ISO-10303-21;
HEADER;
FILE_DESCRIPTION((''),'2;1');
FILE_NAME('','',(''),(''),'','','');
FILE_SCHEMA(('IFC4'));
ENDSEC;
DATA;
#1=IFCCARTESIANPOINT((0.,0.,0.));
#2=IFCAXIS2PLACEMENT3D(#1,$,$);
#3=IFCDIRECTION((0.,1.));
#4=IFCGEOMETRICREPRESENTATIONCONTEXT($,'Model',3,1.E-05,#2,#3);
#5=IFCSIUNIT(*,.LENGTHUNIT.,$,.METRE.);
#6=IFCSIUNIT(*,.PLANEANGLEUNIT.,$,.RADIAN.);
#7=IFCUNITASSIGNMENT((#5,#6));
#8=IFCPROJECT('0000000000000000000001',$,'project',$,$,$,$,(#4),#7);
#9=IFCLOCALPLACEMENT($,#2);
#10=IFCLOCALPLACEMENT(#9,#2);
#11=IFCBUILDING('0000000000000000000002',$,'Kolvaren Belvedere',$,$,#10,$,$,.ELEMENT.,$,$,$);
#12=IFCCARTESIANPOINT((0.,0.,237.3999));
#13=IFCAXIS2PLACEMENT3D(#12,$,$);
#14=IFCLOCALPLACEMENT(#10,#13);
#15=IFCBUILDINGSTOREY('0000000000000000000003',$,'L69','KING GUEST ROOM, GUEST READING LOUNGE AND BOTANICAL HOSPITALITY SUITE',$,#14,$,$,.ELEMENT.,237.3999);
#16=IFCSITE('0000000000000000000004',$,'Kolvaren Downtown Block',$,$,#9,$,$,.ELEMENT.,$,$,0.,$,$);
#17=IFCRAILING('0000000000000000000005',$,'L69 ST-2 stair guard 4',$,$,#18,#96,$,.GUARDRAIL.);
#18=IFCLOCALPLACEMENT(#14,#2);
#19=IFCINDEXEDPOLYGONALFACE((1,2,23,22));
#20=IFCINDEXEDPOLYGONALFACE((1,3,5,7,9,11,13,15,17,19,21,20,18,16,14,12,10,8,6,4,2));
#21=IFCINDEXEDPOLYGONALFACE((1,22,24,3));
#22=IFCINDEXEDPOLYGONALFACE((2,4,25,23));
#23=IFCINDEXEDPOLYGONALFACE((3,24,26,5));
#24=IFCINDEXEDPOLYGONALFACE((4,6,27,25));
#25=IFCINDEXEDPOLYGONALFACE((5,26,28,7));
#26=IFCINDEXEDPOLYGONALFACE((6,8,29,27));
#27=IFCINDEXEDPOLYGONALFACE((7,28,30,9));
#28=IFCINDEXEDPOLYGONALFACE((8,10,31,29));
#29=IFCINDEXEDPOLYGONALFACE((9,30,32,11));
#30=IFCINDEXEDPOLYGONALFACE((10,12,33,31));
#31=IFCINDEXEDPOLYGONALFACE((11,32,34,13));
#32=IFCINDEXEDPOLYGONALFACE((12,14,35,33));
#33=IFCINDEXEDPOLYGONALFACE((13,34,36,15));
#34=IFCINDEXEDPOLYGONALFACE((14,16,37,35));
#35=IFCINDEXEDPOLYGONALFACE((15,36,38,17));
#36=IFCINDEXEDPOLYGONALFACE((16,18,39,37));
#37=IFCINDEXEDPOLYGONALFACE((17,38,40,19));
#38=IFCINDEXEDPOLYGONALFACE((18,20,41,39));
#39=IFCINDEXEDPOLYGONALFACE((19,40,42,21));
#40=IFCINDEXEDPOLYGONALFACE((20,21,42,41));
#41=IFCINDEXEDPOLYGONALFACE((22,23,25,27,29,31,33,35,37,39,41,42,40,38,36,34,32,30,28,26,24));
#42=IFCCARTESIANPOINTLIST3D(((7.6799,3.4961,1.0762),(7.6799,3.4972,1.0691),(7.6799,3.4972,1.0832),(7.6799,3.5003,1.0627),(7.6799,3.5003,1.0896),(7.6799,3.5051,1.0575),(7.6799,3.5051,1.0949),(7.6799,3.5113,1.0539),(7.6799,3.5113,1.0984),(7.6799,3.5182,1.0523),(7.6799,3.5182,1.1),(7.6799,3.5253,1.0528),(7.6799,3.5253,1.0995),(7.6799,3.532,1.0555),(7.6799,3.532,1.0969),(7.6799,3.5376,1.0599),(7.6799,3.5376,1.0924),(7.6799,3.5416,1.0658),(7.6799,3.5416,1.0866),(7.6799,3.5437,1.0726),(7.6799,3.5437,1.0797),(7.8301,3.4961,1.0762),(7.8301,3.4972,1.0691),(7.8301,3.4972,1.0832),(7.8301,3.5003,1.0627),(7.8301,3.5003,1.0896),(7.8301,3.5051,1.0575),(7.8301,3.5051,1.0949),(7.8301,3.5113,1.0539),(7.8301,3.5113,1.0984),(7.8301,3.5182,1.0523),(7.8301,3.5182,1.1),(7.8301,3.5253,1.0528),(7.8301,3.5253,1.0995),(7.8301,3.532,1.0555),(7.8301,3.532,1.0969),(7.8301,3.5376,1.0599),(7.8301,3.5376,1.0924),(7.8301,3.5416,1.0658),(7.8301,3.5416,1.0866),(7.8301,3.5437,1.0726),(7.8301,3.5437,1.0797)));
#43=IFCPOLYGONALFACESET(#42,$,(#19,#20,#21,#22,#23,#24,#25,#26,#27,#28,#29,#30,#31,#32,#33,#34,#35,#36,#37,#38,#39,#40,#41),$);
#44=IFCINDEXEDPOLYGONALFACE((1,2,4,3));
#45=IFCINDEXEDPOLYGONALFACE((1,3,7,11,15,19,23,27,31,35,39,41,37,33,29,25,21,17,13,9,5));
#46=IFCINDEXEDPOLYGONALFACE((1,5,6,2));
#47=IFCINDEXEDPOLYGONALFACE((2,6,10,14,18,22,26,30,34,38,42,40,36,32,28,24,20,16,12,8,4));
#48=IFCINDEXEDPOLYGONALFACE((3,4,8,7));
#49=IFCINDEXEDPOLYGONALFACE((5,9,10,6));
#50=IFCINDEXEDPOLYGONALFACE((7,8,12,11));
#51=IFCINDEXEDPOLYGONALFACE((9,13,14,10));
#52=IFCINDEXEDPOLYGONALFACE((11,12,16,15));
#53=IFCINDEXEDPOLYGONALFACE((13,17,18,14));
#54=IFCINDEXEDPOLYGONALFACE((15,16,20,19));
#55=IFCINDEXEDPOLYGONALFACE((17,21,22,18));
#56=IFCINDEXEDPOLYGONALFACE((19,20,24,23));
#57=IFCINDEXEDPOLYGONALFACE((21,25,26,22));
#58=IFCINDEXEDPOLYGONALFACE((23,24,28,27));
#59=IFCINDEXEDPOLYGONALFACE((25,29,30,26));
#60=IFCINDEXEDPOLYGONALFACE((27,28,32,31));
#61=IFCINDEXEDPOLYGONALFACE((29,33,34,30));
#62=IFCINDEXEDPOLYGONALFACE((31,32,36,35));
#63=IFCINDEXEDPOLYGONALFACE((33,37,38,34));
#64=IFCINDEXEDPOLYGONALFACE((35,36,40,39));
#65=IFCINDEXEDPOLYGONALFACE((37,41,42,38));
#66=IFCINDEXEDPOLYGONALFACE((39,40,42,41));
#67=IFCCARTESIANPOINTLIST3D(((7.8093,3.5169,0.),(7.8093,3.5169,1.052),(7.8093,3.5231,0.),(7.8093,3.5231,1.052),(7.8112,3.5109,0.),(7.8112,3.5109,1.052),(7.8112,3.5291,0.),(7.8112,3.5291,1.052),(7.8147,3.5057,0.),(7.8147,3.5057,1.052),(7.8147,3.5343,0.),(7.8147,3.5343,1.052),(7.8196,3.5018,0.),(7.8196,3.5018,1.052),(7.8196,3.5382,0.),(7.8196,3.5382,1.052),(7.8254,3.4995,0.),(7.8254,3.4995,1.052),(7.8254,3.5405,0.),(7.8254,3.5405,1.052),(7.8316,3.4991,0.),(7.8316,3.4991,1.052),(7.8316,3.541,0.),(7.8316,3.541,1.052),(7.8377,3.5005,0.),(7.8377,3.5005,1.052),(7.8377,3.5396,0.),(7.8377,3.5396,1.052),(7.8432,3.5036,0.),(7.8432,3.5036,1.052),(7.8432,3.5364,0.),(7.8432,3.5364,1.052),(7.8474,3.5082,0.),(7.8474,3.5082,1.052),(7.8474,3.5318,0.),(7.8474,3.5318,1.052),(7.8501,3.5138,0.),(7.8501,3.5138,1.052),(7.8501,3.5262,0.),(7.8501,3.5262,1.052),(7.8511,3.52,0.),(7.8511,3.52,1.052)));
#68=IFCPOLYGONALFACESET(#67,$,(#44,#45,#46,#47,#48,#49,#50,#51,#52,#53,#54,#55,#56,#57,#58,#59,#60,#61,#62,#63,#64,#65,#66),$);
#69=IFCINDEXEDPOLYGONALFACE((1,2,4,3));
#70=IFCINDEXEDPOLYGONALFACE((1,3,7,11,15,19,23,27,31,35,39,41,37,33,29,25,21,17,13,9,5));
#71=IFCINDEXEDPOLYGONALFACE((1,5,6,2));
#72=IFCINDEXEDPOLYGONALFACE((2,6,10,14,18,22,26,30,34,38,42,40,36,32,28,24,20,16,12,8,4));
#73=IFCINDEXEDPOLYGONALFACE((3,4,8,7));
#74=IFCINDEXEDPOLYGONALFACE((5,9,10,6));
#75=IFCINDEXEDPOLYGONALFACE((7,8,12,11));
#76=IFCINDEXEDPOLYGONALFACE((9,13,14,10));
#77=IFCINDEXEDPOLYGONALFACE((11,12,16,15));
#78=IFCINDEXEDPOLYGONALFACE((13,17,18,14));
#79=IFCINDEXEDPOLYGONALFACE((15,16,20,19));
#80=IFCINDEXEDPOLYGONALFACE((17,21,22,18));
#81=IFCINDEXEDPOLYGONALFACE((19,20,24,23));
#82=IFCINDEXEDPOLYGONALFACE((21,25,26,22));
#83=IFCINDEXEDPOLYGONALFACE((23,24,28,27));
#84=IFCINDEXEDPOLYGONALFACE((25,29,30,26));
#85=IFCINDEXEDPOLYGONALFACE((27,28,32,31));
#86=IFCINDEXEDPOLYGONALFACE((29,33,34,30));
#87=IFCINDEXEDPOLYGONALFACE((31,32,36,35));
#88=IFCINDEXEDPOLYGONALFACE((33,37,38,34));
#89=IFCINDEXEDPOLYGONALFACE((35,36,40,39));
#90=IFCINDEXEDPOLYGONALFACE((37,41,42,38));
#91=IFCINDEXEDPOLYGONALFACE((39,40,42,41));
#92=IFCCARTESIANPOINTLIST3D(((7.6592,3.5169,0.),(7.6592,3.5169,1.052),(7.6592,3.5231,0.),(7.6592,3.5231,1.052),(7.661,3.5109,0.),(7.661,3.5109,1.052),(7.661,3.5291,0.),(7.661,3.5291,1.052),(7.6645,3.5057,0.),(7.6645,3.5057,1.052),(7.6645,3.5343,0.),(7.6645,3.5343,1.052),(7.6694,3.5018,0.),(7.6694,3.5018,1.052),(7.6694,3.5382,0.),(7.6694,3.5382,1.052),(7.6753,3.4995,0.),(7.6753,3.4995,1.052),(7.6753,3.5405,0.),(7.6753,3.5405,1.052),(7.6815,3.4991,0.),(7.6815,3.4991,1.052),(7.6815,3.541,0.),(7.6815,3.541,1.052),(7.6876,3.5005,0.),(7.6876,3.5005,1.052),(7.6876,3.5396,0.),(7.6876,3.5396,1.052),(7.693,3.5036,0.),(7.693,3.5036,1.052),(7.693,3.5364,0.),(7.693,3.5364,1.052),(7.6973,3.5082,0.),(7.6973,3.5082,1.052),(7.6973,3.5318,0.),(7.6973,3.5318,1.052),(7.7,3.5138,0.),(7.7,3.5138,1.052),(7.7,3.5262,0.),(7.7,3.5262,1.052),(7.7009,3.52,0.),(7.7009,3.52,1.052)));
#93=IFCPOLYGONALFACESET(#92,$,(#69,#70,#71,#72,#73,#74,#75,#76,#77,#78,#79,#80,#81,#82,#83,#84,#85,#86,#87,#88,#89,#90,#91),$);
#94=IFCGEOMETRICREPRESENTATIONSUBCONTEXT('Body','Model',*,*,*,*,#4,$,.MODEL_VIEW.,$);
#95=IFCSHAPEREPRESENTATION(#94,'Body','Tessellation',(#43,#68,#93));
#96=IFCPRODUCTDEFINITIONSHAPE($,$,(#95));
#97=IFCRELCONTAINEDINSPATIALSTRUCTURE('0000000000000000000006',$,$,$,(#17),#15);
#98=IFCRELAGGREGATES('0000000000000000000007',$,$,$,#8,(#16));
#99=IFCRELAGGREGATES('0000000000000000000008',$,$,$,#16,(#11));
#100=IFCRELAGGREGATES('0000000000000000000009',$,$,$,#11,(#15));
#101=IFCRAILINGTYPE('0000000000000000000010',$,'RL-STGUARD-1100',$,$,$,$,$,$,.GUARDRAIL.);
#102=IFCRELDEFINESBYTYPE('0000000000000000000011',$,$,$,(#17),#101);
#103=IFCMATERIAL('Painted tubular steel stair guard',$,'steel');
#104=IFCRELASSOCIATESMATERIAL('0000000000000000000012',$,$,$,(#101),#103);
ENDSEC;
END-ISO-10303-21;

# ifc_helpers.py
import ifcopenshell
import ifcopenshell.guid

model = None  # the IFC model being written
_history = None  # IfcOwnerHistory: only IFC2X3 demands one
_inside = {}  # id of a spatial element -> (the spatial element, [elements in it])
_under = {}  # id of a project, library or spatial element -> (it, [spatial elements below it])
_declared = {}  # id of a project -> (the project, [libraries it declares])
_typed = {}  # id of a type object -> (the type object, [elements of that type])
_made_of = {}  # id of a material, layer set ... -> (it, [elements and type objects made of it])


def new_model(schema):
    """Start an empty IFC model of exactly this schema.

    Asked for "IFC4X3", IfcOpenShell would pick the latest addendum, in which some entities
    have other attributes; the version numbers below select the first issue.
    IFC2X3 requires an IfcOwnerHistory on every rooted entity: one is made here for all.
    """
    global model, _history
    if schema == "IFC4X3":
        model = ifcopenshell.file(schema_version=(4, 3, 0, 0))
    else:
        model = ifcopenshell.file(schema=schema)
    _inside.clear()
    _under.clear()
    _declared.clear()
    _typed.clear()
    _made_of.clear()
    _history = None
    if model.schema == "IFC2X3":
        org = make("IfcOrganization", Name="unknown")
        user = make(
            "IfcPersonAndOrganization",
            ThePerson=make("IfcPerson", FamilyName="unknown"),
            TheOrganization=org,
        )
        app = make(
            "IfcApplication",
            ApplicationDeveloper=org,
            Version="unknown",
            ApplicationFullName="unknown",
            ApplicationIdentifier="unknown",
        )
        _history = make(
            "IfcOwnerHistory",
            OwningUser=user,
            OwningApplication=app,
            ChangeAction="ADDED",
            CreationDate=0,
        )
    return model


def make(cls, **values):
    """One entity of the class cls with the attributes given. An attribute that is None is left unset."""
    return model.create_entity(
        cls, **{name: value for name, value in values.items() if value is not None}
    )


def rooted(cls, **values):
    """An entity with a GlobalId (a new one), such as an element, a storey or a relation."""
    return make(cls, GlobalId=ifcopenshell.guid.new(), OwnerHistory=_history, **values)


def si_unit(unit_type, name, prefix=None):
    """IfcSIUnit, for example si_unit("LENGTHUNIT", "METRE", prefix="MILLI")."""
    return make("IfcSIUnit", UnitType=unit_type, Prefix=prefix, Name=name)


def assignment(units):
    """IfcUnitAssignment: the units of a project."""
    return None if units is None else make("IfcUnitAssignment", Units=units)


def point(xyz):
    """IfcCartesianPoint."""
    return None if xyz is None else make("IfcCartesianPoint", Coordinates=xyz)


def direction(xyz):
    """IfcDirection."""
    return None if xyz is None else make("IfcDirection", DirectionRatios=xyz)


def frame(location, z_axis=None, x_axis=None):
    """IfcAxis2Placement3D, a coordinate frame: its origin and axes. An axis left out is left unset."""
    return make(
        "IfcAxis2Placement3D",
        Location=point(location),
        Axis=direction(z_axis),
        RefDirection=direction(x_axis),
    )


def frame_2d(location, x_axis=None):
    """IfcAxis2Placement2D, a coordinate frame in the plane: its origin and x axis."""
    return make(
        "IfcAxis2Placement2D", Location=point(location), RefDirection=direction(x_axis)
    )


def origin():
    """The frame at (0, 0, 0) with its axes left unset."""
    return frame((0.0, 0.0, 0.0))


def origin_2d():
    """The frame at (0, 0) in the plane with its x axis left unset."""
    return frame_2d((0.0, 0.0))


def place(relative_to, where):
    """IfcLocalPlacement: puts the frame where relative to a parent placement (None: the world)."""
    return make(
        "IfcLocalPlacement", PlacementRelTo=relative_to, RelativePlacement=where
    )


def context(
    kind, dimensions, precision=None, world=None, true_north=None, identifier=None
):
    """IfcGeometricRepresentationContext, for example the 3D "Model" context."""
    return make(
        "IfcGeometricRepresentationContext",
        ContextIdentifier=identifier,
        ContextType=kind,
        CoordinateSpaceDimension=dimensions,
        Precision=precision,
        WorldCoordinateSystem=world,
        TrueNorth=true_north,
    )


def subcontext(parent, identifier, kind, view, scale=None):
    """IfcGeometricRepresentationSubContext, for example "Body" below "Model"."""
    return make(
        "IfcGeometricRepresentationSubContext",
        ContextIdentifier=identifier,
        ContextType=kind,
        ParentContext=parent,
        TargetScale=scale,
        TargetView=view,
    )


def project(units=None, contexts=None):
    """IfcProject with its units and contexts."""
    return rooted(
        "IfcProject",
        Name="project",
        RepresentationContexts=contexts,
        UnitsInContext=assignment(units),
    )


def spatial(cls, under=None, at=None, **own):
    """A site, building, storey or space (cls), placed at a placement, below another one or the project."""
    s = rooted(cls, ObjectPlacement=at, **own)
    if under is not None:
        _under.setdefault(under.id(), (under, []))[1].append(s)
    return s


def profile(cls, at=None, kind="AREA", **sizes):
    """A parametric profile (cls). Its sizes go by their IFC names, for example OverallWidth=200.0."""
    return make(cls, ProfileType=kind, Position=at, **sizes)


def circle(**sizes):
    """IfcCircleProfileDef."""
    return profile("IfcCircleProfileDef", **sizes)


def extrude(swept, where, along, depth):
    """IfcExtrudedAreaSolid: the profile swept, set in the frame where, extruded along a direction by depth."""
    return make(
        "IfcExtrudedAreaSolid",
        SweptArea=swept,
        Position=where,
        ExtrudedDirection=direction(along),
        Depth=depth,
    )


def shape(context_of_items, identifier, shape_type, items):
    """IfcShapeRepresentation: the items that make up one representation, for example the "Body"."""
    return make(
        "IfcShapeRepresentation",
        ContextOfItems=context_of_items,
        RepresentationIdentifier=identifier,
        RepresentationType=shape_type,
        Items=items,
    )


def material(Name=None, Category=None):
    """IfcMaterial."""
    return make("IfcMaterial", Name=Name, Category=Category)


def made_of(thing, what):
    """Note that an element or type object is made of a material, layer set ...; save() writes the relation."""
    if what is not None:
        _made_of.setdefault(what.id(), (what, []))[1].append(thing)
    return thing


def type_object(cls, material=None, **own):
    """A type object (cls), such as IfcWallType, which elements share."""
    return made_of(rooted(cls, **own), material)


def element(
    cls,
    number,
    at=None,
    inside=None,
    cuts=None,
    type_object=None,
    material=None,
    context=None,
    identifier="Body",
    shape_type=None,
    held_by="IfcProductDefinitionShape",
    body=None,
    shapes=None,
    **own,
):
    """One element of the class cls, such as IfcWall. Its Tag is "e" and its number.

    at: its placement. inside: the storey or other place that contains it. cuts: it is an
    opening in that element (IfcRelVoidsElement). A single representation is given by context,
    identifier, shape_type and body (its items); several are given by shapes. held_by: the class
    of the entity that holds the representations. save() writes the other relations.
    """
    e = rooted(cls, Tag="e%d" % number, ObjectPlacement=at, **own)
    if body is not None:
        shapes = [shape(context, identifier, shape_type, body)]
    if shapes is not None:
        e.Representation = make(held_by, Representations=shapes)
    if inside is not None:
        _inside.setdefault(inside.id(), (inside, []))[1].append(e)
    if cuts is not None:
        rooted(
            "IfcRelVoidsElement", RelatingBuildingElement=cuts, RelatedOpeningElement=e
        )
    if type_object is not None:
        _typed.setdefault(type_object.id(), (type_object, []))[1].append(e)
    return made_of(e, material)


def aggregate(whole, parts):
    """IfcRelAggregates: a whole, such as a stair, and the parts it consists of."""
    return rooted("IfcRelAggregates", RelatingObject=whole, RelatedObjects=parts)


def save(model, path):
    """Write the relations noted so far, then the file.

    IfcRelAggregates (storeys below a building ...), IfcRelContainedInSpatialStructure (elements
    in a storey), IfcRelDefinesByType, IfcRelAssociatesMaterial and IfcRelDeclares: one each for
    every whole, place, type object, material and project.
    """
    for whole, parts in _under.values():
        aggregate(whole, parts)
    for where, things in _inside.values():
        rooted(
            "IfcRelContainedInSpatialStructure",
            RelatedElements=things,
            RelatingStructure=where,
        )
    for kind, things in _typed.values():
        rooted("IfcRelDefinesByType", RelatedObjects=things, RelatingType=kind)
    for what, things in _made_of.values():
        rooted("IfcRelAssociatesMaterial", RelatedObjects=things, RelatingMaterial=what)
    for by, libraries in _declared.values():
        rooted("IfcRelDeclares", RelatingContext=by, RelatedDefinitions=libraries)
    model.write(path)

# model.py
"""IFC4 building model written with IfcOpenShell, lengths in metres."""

from ifc_helpers import new_model, si_unit, direction, frame, origin, origin_2d, place, context, subcontext, project, spatial, circle, extrude, material, type_object, element, save


model = new_model("IFC4")

# Units and contexts
model_context = context("Model", 3, precision=1e-05, world=origin(), true_north=direction((0.0, 1.0)))
body_context = subcontext(model_context, "Body", "Model", "MODEL_VIEW")
ifc_project = project(units=[si_unit("LENGTHUNIT", "METRE"), si_unit("PLANEANGLEUNIT", "RADIAN")], contexts=[model_context])

# Site, building, storey
site_placement = place(None, origin())
site = spatial("IfcSite", under=ifc_project, at=site_placement, Name="Kolvaren Downtown Block", CompositionType="ELEMENT", RefElevation=0.0)
building_placement = place(site_placement, origin())
building = spatial("IfcBuilding", under=site, at=building_placement, Name="Kolvaren Belvedere", CompositionType="ELEMENT")
storey_placement = place(building_placement, frame((0.0, 0.0, 237.3999)))
storey = spatial("IfcBuildingStorey", under=building, at=storey_placement, Name="L69", Description="KING GUEST ROOM, GUEST READING LOUNGE AND BOTANICAL HOSPITALITY SUITE", CompositionType="ELEMENT", Elevation=237.3999)

# Railing
ifc_material_1 = material(Name="Painted tubular steel stair guard", Category="steel")
railing_type_1 = type_object("IfcRailingType", Name="RL-STGUARD-1100", PredefinedType="GUARDRAIL", material=ifc_material_1)
railing_1_placement = place(storey_placement, frame((7.8301, 3.52, 0.0)))
element("IfcRailing", 1, at=railing_1_placement, inside=storey, type_object=railing_type_1, Name="L69 ST-2 stair guard 4", PredefinedType="GUARDRAIL", context=body_context, shape_type="SweptSolid", body=[
    extrude(circle(Radius=0.0239, at=origin_2d()), frame((0.0, 0.0, 1.0762), z_axis=(-1.0, 0.0, 0.0), x_axis=(0.0, -1.0, 0.0)), (0.0, 0.0, 1.0), 0.1501),
    extrude(circle(Radius=0.021, at=origin_2d()), origin(), (0.0, 0.0, 1.0), 1.052),
    extrude(circle(Radius=0.021, at=origin_2d()), frame((-0.1501, 0.0, 0.0)), (0.0, 0.0, 1.0), 1.052),
])

save(model, "model.ifc")
